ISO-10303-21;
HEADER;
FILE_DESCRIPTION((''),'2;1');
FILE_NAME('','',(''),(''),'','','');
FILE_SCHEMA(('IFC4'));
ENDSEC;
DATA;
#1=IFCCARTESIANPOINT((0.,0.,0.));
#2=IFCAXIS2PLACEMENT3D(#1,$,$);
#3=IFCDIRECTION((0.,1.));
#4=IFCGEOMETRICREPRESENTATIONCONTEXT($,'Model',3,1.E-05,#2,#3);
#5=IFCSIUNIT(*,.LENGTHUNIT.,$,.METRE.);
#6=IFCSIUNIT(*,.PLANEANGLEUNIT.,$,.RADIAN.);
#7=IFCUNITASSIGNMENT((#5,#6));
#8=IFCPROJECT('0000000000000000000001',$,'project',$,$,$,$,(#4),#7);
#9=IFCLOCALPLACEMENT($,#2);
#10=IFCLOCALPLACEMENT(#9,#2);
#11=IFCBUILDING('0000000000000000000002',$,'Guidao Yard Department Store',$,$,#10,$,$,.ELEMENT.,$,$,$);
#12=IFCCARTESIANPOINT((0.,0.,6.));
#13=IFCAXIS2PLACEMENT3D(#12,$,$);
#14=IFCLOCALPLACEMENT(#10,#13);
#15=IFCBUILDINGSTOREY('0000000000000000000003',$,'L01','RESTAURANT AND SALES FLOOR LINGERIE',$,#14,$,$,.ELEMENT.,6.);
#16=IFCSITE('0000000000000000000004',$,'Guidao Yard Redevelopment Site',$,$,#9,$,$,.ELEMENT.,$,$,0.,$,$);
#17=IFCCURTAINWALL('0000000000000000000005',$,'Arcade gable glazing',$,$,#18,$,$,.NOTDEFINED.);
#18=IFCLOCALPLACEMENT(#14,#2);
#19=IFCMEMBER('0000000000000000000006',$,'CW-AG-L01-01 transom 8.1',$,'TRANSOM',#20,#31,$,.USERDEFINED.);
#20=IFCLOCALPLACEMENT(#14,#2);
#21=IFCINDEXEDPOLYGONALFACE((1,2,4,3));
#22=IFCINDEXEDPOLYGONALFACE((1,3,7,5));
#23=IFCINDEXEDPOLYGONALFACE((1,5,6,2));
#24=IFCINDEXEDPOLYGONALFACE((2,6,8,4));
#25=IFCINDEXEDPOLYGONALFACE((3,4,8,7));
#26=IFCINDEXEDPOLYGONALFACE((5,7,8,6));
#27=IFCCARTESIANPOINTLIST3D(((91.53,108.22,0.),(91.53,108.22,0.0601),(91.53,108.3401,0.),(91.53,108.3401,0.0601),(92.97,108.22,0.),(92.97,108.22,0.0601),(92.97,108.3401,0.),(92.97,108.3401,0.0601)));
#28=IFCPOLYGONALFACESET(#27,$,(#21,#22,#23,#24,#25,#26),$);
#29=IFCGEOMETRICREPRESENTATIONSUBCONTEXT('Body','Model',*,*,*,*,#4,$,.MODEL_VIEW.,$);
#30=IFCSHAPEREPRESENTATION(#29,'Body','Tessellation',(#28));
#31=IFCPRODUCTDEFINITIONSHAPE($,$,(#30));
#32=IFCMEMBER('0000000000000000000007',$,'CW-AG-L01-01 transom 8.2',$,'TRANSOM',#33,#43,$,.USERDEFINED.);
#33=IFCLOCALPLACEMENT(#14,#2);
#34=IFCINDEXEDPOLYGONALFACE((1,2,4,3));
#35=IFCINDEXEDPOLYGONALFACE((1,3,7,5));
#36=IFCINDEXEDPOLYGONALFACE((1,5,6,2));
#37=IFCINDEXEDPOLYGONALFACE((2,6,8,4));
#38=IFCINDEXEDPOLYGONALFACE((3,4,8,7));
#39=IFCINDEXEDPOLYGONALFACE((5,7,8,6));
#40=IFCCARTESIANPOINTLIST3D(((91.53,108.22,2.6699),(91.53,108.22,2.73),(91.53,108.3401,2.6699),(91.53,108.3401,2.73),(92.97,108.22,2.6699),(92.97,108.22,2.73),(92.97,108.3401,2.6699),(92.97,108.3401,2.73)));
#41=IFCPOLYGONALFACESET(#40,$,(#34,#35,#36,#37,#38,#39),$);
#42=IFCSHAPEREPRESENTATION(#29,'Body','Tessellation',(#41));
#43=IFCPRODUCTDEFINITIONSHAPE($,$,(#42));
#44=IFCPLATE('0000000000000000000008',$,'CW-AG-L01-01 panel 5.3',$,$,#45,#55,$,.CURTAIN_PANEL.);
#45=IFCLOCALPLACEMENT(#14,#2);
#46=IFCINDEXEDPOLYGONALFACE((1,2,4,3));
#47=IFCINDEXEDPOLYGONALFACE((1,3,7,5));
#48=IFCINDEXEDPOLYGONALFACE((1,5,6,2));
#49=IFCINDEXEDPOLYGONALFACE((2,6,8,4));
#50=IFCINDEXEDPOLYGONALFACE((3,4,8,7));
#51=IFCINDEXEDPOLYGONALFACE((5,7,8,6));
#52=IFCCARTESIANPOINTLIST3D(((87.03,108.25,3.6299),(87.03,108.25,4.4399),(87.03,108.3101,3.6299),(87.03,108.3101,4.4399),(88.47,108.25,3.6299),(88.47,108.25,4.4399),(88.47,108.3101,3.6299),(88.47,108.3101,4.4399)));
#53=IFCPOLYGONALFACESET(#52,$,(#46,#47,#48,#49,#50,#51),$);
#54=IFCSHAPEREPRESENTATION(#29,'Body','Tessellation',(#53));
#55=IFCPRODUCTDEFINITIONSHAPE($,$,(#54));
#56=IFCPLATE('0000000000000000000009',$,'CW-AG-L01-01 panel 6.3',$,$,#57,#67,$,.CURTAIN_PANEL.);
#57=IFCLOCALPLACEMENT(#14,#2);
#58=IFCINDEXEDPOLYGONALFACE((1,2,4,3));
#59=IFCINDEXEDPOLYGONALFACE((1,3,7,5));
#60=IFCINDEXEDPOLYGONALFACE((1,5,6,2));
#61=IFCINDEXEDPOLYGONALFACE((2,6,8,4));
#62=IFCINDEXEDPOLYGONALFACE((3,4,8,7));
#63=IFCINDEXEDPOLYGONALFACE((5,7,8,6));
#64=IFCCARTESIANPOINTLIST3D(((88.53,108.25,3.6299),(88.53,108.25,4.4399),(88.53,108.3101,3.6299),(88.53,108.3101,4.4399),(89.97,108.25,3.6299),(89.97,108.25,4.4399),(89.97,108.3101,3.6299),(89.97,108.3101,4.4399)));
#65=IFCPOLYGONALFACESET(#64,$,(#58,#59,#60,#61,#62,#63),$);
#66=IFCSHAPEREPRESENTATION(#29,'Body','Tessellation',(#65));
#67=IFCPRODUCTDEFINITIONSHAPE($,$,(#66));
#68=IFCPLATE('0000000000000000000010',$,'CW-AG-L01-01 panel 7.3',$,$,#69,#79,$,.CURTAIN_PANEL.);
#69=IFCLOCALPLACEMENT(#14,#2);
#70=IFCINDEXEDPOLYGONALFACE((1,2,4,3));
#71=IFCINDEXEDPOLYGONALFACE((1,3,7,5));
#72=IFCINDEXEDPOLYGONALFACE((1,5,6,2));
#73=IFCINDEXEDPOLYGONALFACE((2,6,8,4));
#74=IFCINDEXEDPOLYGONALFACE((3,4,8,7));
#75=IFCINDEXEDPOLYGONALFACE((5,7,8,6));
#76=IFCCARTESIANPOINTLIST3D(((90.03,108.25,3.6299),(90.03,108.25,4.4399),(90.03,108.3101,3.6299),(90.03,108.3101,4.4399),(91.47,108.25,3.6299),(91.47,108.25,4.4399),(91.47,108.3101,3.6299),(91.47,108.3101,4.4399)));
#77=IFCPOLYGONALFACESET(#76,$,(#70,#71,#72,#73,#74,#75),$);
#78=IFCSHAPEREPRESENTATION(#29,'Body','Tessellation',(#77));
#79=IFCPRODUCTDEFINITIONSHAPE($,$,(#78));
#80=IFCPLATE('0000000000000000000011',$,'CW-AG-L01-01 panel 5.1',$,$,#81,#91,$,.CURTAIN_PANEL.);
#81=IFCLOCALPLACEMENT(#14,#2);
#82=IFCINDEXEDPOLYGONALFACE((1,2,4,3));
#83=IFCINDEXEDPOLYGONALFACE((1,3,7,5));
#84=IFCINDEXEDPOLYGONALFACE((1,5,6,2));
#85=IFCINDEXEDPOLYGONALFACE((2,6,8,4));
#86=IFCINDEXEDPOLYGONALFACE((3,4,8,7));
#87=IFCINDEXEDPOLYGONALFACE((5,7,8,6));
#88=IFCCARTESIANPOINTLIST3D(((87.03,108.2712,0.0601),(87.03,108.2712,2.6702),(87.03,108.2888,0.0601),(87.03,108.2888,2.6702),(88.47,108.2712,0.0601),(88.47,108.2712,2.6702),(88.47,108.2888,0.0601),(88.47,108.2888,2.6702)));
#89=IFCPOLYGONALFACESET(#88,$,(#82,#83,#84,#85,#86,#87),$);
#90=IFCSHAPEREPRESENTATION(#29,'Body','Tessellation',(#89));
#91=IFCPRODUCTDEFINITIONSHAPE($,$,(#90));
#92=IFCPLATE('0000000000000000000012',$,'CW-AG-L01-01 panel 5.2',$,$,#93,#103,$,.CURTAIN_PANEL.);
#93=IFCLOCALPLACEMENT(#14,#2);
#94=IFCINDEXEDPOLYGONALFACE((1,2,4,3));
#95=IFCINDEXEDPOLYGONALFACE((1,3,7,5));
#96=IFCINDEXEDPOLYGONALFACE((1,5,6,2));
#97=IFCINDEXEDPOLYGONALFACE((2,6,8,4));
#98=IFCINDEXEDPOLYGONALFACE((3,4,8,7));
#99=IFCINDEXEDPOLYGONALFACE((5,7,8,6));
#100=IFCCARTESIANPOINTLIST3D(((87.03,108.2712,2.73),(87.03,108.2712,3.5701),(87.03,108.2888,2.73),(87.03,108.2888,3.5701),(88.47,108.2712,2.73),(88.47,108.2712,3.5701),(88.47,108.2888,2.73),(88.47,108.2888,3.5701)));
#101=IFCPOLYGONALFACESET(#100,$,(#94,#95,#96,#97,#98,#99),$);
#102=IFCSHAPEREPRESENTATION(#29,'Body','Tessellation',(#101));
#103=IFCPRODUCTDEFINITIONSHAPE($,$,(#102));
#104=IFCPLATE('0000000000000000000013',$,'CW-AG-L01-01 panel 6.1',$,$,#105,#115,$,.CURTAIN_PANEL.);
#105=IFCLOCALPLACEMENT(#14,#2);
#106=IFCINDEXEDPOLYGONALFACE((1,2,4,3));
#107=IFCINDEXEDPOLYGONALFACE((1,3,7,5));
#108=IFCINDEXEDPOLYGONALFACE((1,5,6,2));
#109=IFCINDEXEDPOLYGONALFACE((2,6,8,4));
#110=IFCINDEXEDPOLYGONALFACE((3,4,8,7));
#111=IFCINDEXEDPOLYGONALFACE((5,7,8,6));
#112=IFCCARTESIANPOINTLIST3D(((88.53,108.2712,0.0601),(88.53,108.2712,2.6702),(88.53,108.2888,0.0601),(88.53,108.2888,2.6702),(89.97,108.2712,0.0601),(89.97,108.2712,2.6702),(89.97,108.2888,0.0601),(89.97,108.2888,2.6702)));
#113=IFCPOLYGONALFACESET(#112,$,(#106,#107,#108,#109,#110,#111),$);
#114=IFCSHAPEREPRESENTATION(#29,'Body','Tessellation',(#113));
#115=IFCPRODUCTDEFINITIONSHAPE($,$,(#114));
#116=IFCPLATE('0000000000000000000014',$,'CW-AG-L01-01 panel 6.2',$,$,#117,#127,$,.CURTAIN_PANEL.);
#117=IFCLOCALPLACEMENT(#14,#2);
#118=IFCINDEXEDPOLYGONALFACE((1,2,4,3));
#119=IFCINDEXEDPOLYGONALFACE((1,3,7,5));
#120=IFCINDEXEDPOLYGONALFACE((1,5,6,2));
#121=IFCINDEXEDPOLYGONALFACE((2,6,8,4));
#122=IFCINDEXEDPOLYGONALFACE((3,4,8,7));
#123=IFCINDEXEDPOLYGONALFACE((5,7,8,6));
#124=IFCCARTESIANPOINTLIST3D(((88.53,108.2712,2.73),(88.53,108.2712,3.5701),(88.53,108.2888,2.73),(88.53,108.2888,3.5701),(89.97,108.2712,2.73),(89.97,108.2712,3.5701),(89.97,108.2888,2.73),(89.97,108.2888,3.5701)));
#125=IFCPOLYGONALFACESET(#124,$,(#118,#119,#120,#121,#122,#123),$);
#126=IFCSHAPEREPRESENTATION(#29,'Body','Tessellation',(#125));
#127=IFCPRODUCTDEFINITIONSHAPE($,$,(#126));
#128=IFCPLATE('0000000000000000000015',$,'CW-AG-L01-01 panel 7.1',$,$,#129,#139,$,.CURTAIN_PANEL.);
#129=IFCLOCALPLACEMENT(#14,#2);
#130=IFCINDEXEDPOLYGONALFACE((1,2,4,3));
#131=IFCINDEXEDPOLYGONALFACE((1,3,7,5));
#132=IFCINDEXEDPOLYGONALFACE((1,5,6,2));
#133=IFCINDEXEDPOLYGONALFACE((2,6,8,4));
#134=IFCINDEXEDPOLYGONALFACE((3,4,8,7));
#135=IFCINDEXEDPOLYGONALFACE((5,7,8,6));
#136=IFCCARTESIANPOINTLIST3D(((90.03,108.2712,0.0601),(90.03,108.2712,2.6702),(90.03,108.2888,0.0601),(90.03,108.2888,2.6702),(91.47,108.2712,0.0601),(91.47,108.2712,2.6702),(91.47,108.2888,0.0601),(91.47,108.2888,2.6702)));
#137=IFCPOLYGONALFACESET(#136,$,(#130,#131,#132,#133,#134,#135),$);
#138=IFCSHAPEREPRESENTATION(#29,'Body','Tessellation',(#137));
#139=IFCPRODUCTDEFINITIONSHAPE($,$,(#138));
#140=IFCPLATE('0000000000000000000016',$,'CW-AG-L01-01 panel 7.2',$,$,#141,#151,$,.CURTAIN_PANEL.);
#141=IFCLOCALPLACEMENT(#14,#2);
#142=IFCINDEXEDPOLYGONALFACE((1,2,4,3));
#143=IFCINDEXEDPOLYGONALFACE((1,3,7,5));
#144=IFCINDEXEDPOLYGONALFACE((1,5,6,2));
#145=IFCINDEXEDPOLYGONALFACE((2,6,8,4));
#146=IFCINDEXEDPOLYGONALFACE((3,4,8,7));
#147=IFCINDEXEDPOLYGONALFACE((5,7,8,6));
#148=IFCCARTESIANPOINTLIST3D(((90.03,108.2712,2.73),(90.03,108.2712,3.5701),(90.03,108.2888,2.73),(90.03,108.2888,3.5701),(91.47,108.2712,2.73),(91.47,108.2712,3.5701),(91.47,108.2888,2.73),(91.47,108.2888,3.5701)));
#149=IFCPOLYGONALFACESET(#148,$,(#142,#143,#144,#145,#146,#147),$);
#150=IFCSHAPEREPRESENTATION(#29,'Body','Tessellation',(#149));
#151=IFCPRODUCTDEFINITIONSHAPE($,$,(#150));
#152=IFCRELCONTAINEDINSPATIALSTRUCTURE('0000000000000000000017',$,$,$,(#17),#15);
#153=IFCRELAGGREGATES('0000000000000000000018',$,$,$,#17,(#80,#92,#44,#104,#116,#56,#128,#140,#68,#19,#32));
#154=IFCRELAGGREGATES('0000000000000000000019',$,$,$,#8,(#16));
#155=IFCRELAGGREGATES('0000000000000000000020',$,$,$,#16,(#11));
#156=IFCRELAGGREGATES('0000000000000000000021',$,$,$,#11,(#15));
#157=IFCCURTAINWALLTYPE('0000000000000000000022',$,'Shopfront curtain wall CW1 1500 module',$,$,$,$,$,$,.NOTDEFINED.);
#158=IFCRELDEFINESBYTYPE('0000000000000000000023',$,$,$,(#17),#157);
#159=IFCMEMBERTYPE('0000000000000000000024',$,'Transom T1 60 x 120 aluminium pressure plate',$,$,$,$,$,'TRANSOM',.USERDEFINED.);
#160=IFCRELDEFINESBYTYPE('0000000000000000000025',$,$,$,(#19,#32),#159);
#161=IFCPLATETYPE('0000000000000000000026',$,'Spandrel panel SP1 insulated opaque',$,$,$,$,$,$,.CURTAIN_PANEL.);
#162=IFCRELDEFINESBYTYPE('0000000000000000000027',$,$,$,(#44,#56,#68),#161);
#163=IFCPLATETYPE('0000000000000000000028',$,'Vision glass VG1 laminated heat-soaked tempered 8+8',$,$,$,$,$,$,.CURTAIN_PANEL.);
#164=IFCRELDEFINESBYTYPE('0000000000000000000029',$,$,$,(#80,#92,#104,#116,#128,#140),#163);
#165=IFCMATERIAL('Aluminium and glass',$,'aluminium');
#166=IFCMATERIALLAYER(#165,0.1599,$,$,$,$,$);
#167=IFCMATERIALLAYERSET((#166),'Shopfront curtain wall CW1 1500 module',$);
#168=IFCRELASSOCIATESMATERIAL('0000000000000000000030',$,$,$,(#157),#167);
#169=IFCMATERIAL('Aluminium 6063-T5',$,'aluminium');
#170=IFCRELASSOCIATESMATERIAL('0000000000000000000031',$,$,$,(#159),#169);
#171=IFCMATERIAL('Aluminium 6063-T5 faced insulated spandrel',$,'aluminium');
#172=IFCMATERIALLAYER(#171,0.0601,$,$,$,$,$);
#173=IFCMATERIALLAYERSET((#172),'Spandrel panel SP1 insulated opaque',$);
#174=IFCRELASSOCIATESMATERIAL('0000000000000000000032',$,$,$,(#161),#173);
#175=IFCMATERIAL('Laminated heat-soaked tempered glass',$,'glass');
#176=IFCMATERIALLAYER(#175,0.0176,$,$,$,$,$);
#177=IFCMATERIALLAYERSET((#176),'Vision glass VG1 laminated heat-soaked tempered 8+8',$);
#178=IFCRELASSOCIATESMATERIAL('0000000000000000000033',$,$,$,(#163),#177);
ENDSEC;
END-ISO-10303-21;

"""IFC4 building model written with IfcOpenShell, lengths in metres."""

from ifc_helpers import new_model, si_unit, direction, frame, origin, origin_2d, place, context, subcontext, project, spatial, rectangle, extrude, material, layer, layer_set, material_profile, profile_set, type_object, element, aggregate, save


model = new_model("IFC4")

# Units and contexts
model_context = context("Model", 3, precision=1e-05, world=origin(), true_north=direction((0.0, 1.0)))
body_context = subcontext(model_context, "Body", "Model", "MODEL_VIEW")
ifc_project = project(units=[si_unit("LENGTHUNIT", "METRE"), si_unit("PLANEANGLEUNIT", "RADIAN")], contexts=[model_context])

# Site, building, storey
site_placement = place(None, origin())
site = spatial("IfcSite", under=ifc_project, at=site_placement, Name="Guidao Yard Redevelopment Site", CompositionType="ELEMENT", RefElevation=0.0)
building_placement = place(site_placement, origin())
building = spatial("IfcBuilding", under=site, at=building_placement, Name="Guidao Yard Department Store", CompositionType="ELEMENT")
storey_placement = place(building_placement, frame((0.0, 0.0, 6.0)))
storey = spatial("IfcBuildingStorey", under=building, at=storey_placement, Name="L01", Description="RESTAURANT AND SALES FLOOR LINGERIE", CompositionType="ELEMENT", Elevation=6.0)

# Curtain wall, members, plates
ifc_material_1 = material(Name="Aluminium and glass", Category="aluminium")
ifc_layer_1 = layer(ifc_material_1, 0.1599)
ifc_layer_set_1 = layer_set([ifc_layer_1], Name="Shopfront curtain wall CW1 1500 module")
curtain_wall_type = type_object("IfcCurtainWallType", Name="Shopfront curtain wall CW1 1500 module", PredefinedType="NOTDEFINED", material=ifc_layer_set_1)
curtain_wall_placement = place(storey_placement, origin())
curtain_wall = element("IfcCurtainWall", 1, at=curtain_wall_placement, inside=storey, type_object=curtain_wall_type, Name="Arcade gable glazing", PredefinedType="NOTDEFINED")
ifc_material_2 = material(Name="Aluminium 6063-T5", Category="aluminium")
ifc_material_profile_1 = material_profile(ifc_material_2, rectangle(XDim=0.1201, YDim=0.0601, at=origin_2d()), Name="Transom T1 60 x 120 aluminium pressure plate")
ifc_profile_set_1 = profile_set([ifc_material_profile_1], Name="Aluminium 6063-T5")
member_type_1 = type_object("IfcMemberType", Name="Transom T1 60 x 120 aluminium pressure plate", ElementType="TRANSOM", PredefinedType="USERDEFINED", material=ifc_profile_set_1)
member_1_placement = place(storey_placement, frame((91.53, 108.28, 0.03), z_axis=(1.0, 0.0, 0.0), x_axis=(0.0, 1.0, 0.0)))
member_1 = element("IfcMember", 2, at=member_1_placement, type_object=member_type_1, Name="CW-AG-L01-01 transom 8.1", ObjectType="TRANSOM", PredefinedType="USERDEFINED", context=body_context, shape_type="SweptSolid", body=[
    extrude(rectangle(XDim=0.1201, YDim=0.0601, at=origin_2d()), origin(), (0.0, 0.0, 1.0), 1.4399),
])
member_2_placement = place(storey_placement, frame((91.53, 108.28, 2.7), z_axis=(1.0, 0.0, 0.0), x_axis=(0.0, 1.0, 0.0)))
member_2 = element("IfcMember", 3, at=member_2_placement, type_object=member_type_1, Name="CW-AG-L01-01 transom 8.2", ObjectType="TRANSOM", PredefinedType="USERDEFINED", context=body_context, shape_type="SweptSolid", body=[
    extrude(rectangle(XDim=0.1201, YDim=0.0601, at=origin_2d()), origin(), (0.0, 0.0, 1.0), 1.4399),
])
ifc_material_3 = material(Name="Aluminium 6063-T5 faced insulated spandrel", Category="aluminium")
ifc_layer_2 = layer(ifc_material_3, 0.0601)
ifc_layer_set_2 = layer_set([ifc_layer_2], Name="Spandrel panel SP1 insulated opaque")
plate_type_1 = type_object("IfcPlateType", Name="Spandrel panel SP1 insulated opaque", PredefinedType="CURTAIN_PANEL", material=ifc_layer_set_2)
plate_1_placement = place(storey_placement, frame((87.75, 108.28, 3.6299), z_axis=(0.0, 0.0, 1.0), x_axis=(1.0, 0.0, 0.0)))
plate_1 = element("IfcPlate", 4, at=plate_1_placement, type_object=plate_type_1, Name="CW-AG-L01-01 panel 5.3", PredefinedType="CURTAIN_PANEL", context=body_context, shape_type="SweptSolid", body=[
    extrude(rectangle(XDim=1.4399, YDim=0.0601, at=origin_2d()), origin(), (0.0, 0.0, 1.0), 0.8101),
])
plate_2_placement = place(storey_placement, frame((89.25, 108.28, 3.6299), z_axis=(0.0, 0.0, 1.0), x_axis=(1.0, 0.0, 0.0)))
plate_2 = element("IfcPlate", 5, at=plate_2_placement, type_object=plate_type_1, Name="CW-AG-L01-01 panel 6.3", PredefinedType="CURTAIN_PANEL", context=body_context, shape_type="SweptSolid", body=[
    extrude(rectangle(XDim=1.4399, YDim=0.0601, at=origin_2d()), origin(), (0.0, 0.0, 1.0), 0.8101),
])
plate_3_placement = place(storey_placement, frame((90.75, 108.28, 3.6299), z_axis=(0.0, 0.0, 1.0), x_axis=(1.0, 0.0, 0.0)))
plate_3 = element("IfcPlate", 6, at=plate_3_placement, type_object=plate_type_1, Name="CW-AG-L01-01 panel 7.3", PredefinedType="CURTAIN_PANEL", context=body_context, shape_type="SweptSolid", body=[
    extrude(rectangle(XDim=1.4399, YDim=0.0601, at=origin_2d()), origin(), (0.0, 0.0, 1.0), 0.8101),
])
ifc_material_4 = material(Name="Laminated heat-soaked tempered glass", Category="glass")
ifc_layer_3 = layer(ifc_material_4, 0.0176)
ifc_layer_set_3 = layer_set([ifc_layer_3], Name="Vision glass VG1 laminated heat-soaked tempered 8+8")
plate_type_2 = type_object("IfcPlateType", Name="Vision glass VG1 laminated heat-soaked tempered 8+8", PredefinedType="CURTAIN_PANEL", material=ifc_layer_set_3)
plate_4_placement = place(storey_placement, frame((87.75, 108.28, 0.0601), z_axis=(0.0, 0.0, 1.0), x_axis=(1.0, 0.0, 0.0)))
plate_4 = element("IfcPlate", 7, at=plate_4_placement, type_object=plate_type_2, Name="CW-AG-L01-01 panel 5.1", PredefinedType="CURTAIN_PANEL", context=body_context, shape_type="SweptSolid", body=[
    extrude(rectangle(XDim=1.4399, YDim=0.0176, at=origin_2d()), origin(), (0.0, 0.0, 1.0), 2.6101),
])
plate_5_placement = place(storey_placement, frame((87.75, 108.28, 2.73), z_axis=(0.0, 0.0, 1.0), x_axis=(1.0, 0.0, 0.0)))
plate_5 = element("IfcPlate", 8, at=plate_5_placement, type_object=plate_type_2, Name="CW-AG-L01-01 panel 5.2", PredefinedType="CURTAIN_PANEL", context=body_context, shape_type="SweptSolid", body=[
    extrude(rectangle(XDim=1.4399, YDim=0.0176, at=origin_2d()), origin(), (0.0, 0.0, 1.0), 0.8401),
])
plate_6_placement = place(storey_placement, frame((89.25, 108.28, 0.0601), z_axis=(0.0, 0.0, 1.0), x_axis=(1.0, 0.0, 0.0)))
plate_6 = element("IfcPlate", 9, at=plate_6_placement, type_object=plate_type_2, Name="CW-AG-L01-01 panel 6.1", PredefinedType="CURTAIN_PANEL", context=body_context, shape_type="SweptSolid", body=[
    extrude(rectangle(XDim=1.4399, YDim=0.0176, at=origin_2d()), origin(), (0.0, 0.0, 1.0), 2.6101),
])
plate_7_placement = place(storey_placement, frame((89.25, 108.28, 2.73), z_axis=(0.0, 0.0, 1.0), x_axis=(1.0, 0.0, 0.0)))
plate_7 = element("IfcPlate", 10, at=plate_7_placement, type_object=plate_type_2, Name="CW-AG-L01-01 panel 6.2", PredefinedType="CURTAIN_PANEL", context=body_context, shape_type="SweptSolid", body=[
    extrude(rectangle(XDim=1.4399, YDim=0.0176, at=origin_2d()), origin(), (0.0, 0.0, 1.0), 0.8401),
])
plate_8_placement = place(storey_placement, frame((90.75, 108.28, 0.0601), z_axis=(0.0, 0.0, 1.0), x_axis=(1.0, 0.0, 0.0)))
plate_8 = element("IfcPlate", 11, at=plate_8_placement, type_object=plate_type_2, Name="CW-AG-L01-01 panel 7.1", PredefinedType="CURTAIN_PANEL", context=body_context, shape_type="SweptSolid", body=[
    extrude(rectangle(XDim=1.4399, YDim=0.0176, at=origin_2d()), origin(), (0.0, 0.0, 1.0), 2.6101),
])
plate_9_placement = place(storey_placement, frame((90.75, 108.28, 2.73), z_axis=(0.0, 0.0, 1.0), x_axis=(1.0, 0.0, 0.0)))
plate_9 = element("IfcPlate", 12, at=plate_9_placement, type_object=plate_type_2, Name="CW-AG-L01-01 panel 7.2", PredefinedType="CURTAIN_PANEL", context=body_context, shape_type="SweptSolid", body=[
    extrude(rectangle(XDim=1.4399, YDim=0.0176, at=origin_2d()), origin(), (0.0, 0.0, 1.0), 0.8401),
])
aggregate(curtain_wall, [plate_4, plate_5, plate_1, plate_6, plate_7, plate_2, plate_8, plate_9, plate_3, member_1, member_2])

save(model, "model.ifc")
